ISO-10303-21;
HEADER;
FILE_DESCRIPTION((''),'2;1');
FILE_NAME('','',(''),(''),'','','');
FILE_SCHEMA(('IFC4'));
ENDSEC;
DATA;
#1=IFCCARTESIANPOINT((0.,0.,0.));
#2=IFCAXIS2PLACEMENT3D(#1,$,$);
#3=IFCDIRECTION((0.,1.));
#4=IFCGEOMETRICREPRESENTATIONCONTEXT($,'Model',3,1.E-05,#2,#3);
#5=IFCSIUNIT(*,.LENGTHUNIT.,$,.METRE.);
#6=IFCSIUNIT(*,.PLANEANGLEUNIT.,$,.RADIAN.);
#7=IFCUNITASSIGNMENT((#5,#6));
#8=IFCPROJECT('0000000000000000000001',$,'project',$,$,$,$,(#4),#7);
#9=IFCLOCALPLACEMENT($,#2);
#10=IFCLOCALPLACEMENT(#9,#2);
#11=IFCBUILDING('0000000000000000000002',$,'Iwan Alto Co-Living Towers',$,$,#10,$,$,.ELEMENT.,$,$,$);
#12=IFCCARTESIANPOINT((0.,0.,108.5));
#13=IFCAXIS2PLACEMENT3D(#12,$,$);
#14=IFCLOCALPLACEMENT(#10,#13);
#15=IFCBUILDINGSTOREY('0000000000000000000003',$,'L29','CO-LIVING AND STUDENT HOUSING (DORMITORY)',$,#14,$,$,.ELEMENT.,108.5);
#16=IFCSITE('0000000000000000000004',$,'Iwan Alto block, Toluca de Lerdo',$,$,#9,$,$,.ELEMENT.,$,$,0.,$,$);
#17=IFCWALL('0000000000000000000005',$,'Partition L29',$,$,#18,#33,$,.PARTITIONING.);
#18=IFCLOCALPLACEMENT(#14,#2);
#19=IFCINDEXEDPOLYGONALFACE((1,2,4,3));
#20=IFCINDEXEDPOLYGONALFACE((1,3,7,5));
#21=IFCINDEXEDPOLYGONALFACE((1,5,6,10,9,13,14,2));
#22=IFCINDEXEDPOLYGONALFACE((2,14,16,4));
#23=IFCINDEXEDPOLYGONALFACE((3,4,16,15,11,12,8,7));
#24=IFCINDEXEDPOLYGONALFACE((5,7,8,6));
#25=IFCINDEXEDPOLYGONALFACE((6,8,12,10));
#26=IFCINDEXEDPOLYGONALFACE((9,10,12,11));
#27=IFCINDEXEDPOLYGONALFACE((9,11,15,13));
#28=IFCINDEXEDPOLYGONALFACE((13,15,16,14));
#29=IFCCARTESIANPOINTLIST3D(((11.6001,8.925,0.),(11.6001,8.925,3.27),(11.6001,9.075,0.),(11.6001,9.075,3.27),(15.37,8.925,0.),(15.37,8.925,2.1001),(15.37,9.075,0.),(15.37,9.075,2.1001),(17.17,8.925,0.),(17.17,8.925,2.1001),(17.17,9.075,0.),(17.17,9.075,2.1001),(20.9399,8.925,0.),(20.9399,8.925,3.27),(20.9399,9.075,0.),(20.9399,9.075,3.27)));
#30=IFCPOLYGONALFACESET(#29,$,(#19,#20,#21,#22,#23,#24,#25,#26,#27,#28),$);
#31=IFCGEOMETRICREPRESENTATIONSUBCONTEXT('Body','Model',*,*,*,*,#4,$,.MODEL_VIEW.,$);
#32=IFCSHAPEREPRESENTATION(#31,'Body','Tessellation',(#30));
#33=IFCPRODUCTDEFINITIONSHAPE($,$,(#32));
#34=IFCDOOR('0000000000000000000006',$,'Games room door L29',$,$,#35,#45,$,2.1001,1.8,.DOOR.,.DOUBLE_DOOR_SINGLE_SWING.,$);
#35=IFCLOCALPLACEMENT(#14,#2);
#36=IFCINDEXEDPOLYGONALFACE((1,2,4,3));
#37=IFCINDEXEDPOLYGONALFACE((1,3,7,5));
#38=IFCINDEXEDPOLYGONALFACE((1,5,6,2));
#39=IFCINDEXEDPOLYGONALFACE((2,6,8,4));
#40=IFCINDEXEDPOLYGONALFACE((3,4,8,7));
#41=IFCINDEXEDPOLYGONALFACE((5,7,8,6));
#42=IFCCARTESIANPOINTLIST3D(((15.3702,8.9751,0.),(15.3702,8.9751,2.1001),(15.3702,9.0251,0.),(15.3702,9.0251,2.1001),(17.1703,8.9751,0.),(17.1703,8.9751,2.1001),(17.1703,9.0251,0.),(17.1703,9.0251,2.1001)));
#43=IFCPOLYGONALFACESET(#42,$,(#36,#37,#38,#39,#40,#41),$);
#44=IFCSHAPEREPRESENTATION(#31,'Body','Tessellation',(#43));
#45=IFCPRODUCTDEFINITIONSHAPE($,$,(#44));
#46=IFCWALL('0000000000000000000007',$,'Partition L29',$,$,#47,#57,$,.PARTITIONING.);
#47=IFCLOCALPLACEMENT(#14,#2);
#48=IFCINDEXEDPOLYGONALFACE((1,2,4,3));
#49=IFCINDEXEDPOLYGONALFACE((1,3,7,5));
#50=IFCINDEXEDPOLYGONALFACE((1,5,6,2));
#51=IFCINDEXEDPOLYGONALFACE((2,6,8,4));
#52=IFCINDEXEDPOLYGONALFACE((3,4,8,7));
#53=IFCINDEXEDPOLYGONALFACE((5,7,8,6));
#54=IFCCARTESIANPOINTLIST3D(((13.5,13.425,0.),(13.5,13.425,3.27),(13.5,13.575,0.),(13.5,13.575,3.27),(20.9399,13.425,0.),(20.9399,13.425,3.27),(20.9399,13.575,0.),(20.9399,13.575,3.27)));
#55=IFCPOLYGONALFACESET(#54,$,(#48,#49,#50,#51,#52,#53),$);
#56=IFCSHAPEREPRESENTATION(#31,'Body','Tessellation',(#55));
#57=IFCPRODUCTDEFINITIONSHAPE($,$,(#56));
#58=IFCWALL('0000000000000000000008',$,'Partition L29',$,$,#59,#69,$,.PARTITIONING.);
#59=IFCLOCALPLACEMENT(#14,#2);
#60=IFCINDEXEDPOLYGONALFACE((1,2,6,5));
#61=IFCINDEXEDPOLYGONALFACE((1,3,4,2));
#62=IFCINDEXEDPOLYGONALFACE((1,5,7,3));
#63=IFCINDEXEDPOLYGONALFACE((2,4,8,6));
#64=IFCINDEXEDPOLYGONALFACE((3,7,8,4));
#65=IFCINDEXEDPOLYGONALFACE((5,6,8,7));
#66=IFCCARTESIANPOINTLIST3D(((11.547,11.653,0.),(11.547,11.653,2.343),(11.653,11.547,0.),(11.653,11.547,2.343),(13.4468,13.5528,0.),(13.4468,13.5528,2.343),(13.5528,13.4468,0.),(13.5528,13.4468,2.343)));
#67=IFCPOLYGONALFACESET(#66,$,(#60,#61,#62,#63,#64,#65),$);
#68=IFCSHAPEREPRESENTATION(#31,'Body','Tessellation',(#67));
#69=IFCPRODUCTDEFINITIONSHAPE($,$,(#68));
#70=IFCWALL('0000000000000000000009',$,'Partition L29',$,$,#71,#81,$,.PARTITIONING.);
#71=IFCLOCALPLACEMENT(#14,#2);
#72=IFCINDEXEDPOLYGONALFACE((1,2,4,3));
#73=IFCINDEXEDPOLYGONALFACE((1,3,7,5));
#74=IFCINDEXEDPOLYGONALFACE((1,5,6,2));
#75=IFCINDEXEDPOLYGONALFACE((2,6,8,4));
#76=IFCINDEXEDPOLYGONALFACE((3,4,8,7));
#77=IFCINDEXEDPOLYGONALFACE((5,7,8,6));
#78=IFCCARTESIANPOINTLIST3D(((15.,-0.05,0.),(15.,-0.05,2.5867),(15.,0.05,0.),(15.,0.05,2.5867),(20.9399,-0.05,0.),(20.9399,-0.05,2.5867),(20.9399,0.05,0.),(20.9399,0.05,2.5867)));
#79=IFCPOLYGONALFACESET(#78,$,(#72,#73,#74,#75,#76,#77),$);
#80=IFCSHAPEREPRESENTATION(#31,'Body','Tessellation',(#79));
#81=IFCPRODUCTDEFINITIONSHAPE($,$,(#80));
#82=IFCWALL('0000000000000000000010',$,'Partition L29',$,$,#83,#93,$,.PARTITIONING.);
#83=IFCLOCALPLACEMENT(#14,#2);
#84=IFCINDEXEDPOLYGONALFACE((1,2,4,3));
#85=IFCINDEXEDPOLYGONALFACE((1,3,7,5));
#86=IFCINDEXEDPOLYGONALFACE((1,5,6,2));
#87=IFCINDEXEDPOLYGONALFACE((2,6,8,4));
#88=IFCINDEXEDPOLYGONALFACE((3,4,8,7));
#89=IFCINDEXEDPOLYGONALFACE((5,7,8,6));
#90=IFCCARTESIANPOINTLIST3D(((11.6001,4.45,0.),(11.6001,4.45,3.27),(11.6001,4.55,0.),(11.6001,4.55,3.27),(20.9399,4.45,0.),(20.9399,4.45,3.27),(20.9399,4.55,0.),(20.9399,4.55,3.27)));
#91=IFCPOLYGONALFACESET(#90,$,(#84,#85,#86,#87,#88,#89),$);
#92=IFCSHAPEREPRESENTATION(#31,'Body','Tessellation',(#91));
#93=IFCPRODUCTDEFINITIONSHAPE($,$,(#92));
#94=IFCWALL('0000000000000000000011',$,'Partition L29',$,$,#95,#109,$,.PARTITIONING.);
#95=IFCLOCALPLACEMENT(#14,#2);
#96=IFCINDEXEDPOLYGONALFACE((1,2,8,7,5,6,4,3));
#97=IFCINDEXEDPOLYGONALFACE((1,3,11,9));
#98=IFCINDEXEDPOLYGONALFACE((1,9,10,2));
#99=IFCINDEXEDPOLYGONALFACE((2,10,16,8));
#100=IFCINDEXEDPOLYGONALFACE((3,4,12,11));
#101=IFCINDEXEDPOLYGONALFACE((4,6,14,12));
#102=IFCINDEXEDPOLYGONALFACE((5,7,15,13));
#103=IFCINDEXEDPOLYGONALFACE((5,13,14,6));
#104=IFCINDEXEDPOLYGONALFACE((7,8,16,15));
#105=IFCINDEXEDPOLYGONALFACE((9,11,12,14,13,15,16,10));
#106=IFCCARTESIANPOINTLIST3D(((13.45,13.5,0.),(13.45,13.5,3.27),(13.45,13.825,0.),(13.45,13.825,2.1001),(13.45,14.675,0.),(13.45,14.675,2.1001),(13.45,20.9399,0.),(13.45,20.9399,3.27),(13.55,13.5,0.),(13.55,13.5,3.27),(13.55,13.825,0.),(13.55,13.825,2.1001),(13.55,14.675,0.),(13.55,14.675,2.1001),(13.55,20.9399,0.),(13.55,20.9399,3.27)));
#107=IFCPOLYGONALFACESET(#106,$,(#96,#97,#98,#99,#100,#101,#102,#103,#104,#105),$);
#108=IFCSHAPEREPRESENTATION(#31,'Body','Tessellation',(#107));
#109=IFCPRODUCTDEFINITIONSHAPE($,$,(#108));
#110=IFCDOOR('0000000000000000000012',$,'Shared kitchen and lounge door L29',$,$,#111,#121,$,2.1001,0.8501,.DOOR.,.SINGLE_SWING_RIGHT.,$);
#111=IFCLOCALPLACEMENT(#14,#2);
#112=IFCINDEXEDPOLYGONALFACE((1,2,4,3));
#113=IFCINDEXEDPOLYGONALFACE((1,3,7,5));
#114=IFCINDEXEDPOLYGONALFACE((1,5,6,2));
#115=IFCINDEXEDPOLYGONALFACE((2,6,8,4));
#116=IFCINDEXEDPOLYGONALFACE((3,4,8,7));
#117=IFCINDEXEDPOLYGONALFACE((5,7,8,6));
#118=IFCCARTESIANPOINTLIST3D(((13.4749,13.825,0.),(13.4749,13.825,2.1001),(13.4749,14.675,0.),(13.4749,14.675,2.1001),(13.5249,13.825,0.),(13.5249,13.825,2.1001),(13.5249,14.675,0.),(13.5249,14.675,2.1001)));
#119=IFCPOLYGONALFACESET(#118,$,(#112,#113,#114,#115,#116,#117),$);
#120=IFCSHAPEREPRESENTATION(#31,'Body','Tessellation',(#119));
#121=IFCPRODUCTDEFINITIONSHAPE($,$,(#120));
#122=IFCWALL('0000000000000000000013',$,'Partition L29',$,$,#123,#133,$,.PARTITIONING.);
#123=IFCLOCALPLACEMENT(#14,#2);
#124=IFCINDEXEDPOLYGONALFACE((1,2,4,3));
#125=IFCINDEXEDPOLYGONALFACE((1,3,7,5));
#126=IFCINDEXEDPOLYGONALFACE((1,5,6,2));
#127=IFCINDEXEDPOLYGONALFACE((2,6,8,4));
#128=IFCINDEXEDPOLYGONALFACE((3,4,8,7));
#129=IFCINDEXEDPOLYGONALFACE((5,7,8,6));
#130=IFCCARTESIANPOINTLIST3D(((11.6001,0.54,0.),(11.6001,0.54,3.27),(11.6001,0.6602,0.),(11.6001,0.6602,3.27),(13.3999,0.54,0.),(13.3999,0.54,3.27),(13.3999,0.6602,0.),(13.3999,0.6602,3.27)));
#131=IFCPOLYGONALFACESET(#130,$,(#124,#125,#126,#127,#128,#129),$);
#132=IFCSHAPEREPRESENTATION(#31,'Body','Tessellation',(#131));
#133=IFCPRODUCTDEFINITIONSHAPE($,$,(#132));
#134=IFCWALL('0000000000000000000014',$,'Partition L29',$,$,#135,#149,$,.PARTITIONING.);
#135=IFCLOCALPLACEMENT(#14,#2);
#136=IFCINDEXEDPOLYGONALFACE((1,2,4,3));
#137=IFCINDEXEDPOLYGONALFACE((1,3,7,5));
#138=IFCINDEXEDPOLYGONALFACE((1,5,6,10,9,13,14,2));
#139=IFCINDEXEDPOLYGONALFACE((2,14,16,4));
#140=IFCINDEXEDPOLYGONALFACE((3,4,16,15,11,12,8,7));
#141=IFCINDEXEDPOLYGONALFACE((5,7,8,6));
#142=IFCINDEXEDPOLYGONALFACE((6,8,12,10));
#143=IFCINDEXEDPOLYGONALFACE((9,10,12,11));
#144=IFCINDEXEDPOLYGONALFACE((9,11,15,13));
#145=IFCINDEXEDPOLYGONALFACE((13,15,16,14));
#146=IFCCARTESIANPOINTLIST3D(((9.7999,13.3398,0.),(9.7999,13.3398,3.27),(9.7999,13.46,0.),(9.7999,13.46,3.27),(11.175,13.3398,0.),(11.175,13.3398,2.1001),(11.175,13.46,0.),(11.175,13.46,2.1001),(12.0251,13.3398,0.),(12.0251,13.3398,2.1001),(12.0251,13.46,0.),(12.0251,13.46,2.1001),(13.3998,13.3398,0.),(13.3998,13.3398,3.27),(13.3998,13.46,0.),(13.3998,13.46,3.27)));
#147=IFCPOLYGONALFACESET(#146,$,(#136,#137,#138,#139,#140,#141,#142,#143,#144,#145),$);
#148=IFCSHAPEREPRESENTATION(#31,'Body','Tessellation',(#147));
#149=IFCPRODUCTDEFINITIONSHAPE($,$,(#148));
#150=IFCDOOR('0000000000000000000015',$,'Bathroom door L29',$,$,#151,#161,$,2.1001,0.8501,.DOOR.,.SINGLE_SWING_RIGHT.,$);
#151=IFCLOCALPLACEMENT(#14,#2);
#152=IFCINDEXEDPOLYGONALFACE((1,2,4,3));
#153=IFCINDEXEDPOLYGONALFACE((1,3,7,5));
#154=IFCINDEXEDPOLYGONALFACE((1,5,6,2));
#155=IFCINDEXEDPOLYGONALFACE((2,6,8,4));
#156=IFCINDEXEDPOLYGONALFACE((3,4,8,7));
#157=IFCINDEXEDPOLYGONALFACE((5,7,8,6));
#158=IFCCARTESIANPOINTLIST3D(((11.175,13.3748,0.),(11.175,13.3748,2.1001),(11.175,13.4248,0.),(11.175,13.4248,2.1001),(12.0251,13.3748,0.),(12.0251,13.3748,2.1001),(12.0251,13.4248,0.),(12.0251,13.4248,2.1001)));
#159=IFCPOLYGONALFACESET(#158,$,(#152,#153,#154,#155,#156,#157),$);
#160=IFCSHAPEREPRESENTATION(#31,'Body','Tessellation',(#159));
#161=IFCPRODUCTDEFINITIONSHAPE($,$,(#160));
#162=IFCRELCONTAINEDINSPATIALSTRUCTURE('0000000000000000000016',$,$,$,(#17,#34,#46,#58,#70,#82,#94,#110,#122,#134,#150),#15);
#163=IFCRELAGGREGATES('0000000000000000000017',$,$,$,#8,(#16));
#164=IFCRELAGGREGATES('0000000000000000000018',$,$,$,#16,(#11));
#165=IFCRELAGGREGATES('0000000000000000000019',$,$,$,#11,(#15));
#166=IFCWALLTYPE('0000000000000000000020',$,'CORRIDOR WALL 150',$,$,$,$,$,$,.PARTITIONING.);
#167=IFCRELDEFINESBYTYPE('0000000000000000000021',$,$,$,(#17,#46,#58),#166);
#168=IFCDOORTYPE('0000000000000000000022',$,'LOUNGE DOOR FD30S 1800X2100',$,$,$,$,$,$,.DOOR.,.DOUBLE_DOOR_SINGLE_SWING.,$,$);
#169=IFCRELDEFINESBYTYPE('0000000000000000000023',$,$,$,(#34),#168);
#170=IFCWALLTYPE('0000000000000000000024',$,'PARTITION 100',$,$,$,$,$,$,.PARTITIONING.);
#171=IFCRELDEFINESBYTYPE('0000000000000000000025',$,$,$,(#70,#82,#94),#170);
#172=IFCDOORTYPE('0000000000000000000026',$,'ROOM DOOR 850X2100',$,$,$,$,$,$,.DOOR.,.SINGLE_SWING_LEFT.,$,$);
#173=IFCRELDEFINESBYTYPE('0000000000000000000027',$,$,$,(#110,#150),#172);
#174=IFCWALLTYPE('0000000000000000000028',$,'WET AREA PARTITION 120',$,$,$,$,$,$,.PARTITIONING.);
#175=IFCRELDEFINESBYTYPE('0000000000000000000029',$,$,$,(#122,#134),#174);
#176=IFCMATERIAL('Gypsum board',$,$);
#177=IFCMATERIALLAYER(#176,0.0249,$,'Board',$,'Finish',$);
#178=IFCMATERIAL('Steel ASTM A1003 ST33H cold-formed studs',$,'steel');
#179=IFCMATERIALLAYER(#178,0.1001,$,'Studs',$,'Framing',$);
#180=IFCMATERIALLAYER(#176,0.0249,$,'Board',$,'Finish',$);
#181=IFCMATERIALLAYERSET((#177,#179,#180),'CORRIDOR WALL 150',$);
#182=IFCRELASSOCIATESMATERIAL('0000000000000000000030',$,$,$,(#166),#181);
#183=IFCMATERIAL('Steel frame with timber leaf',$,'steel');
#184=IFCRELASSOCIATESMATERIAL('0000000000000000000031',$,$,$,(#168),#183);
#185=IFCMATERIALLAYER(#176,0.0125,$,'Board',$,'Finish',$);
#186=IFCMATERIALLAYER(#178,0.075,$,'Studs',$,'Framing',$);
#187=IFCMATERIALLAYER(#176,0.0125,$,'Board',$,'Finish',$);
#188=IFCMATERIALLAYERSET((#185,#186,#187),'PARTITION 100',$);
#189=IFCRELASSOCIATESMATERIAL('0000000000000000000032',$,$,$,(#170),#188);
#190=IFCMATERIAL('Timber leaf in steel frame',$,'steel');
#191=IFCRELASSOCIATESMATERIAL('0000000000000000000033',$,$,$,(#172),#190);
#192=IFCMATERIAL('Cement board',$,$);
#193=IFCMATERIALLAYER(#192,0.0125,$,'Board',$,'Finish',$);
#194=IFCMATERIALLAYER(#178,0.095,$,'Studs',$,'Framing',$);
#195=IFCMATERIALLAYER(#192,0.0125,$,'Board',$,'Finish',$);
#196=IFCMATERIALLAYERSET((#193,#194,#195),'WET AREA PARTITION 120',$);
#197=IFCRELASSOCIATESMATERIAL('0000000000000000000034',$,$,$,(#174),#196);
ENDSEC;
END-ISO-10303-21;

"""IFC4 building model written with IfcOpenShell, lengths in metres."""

from ifc_helpers import new_model, si_unit, direction, frame, frame_2d, origin, place, context, subcontext, project, spatial, rectangle, extrude, material, layer, layer_set, type_object, element, fill, save


model = new_model("IFC4")

# Units and contexts
model_context = context("Model", 3, precision=1e-05, world=origin(), true_north=direction((0.0, 1.0)))
body_context = subcontext(model_context, "Body", "Model", "MODEL_VIEW")
ifc_project = project(units=[si_unit("LENGTHUNIT", "METRE"), si_unit("PLANEANGLEUNIT", "RADIAN")], contexts=[model_context])

# Site, building, storey
site_placement = place(None, origin())
site = spatial("IfcSite", under=ifc_project, at=site_placement, Name="Iwan Alto block, Toluca de Lerdo", CompositionType="ELEMENT", RefElevation=0.0)
building_placement = place(site_placement, origin())
building = spatial("IfcBuilding", under=site, at=building_placement, Name="Iwan Alto Co-Living Towers", CompositionType="ELEMENT")
storey_placement = place(building_placement, frame((0.0, 0.0, 108.5)))
storey = spatial("IfcBuildingStorey", under=building, at=storey_placement, Name="L29", Description="CO-LIVING AND STUDENT HOUSING (DORMITORY)", CompositionType="ELEMENT", Elevation=108.5)

# Wall, opening, door
ifc_material_1 = material(Name="Gypsum board")
ifc_layer_1 = layer(ifc_material_1, 0.0249, Name="Board", Category="Finish")
ifc_material_2 = material(Name="Steel ASTM A1003 ST33H cold-formed studs", Category="steel")
ifc_layer_2 = layer(ifc_material_2, 0.1001, Name="Studs", Category="Framing")
ifc_layer_3 = layer(ifc_material_1, 0.0249, Name="Board", Category="Finish")
ifc_layer_set_1 = layer_set([ifc_layer_1, ifc_layer_2, ifc_layer_3], Name="CORRIDOR WALL 150")
wall_type_1 = type_object("IfcWallType", Name="CORRIDOR WALL 150", PredefinedType="PARTITIONING", material=ifc_layer_set_1)
wall_1_placement = place(storey_placement, frame((11.6001, 9.0, 0.0), z_axis=(0.0, 0.0, 1.0), x_axis=(1.0, 0.0, 0.0)))
wall_1 = element("IfcWall", 1, at=wall_1_placement, inside=storey, type_object=wall_type_1, Name="Partition L29", PredefinedType="PARTITIONING", context=body_context, shape_type="SweptSolid", body=[
    extrude(rectangle(XDim=9.3398, YDim=0.1499, at=frame_2d((4.6699, 0.0))), origin(), (0.0, 0.0, 1.0), 3.27),
])
opening_1_placement = place(wall_1_placement, frame((3.77, 0.0, 0.0)))
opening_1 = element("IfcOpeningElement", 2, at=opening_1_placement, cuts=wall_1, PredefinedType="OPENING", context=body_context, shape_type="SweptSolid", body=[
    extrude(rectangle(XDim=1.8, YDim=2.1001, at=frame_2d((0.8999, 1.05))), frame((0.0, 0.085, 0.0), z_axis=(0.0, -1.0, 0.0), x_axis=(1.0, 0.0, 0.0)), (0.0, 0.0, 1.0), 0.1699),
])
ifc_material_3 = material(Name="Steel frame with timber leaf", Category="steel")
door_type_1 = type_object("IfcDoorType", Name="LOUNGE DOOR FD30S 1800X2100", OperationType="DOUBLE_DOOR_SINGLE_SWING", PredefinedType="DOOR", material=ifc_material_3)
door_1_placement = place(opening_1_placement, frame((1.8, 0.0, 0.0), z_axis=(0.0, 0.0, 1.0), x_axis=(-1.0, 0.0, 0.0)))
door_1 = element("IfcDoor", 3, at=door_1_placement, inside=storey, type_object=door_type_1, Name="Games room door L29", OperationType="DOUBLE_DOOR_SINGLE_SWING", OverallHeight=2.1001, OverallWidth=1.8, PredefinedType="DOOR", context=body_context, shape_type="SweptSolid", body=[
    extrude(rectangle(XDim=1.8, YDim=2.1001, at=frame_2d((0.8999, 1.05))), frame((0.0, 0.0249, 0.0), z_axis=(0.0, -1.0, 0.0), x_axis=(1.0, 0.0, 0.0)), (0.0, 0.0, 1.0), 0.05),
])
fill(opening_1, door_1)

# Walls
wall_2_placement = place(storey_placement, frame((13.5, 13.5, 0.0), z_axis=(0.0, 0.0, 1.0), x_axis=(1.0, 0.0, 0.0)))
element("IfcWall", 4, at=wall_2_placement, inside=storey, type_object=wall_type_1, Name="Partition L29", PredefinedType="PARTITIONING", context=body_context, shape_type="SweptSolid", body=[
    extrude(rectangle(XDim=7.4399, YDim=0.1499, at=frame_2d((3.72, 0.0))), origin(), (0.0, 0.0, 1.0), 3.27),
])
wall_3_placement = place(storey_placement, frame((11.6001, 11.6001, 0.0), z_axis=(0.0, 0.0, 1.0), x_axis=(0.707107, 0.707107, 0.0)))
element("IfcWall", 5, at=wall_3_placement, inside=storey, type_object=wall_type_1, Name="Partition L29", PredefinedType="PARTITIONING", context=body_context, shape_type="SweptSolid", body=[
    extrude(rectangle(XDim=2.6868, YDim=0.1499, at=frame_2d((1.3433, 0.0))), origin(), (0.0, 0.0, 1.0), 2.343),
])
ifc_layer_4 = layer(ifc_material_1, 0.0125, Name="Board", Category="Finish")
ifc_layer_5 = layer(ifc_material_2, 0.075, Name="Studs", Category="Framing")
ifc_layer_6 = layer(ifc_material_1, 0.0125, Name="Board", Category="Finish")
ifc_layer_set_2 = layer_set([ifc_layer_4, ifc_layer_5, ifc_layer_6], Name="PARTITION 100")
wall_type_2 = type_object("IfcWallType", Name="PARTITION 100", PredefinedType="PARTITIONING", material=ifc_layer_set_2)
wall_4_placement = place(storey_placement, frame((15.0, 0.0, 0.0), z_axis=(0.0, 0.0, 1.0), x_axis=(1.0, 0.0, 0.0)))
element("IfcWall", 6, at=wall_4_placement, inside=storey, type_object=wall_type_2, Name="Partition L29", PredefinedType="PARTITIONING", context=body_context, shape_type="SweptSolid", body=[
    extrude(rectangle(XDim=5.9399, YDim=0.1001, at=frame_2d((2.97, 0.0))), origin(), (0.0, 0.0, 1.0), 2.5867),
])
wall_5_placement = place(storey_placement, frame((11.6001, 4.5, 0.0), z_axis=(0.0, 0.0, 1.0), x_axis=(1.0, 0.0, 0.0)))
element("IfcWall", 7, at=wall_5_placement, inside=storey, type_object=wall_type_2, Name="Partition L29", PredefinedType="PARTITIONING", context=body_context, shape_type="SweptSolid", body=[
    extrude(rectangle(XDim=9.3398, YDim=0.1001, at=frame_2d((4.6699, 0.0))), origin(), (0.0, 0.0, 1.0), 3.27),
])

# Wall, opening, door
wall_6_placement = place(storey_placement, frame((13.5, 13.5, 0.0), z_axis=(0.0, 0.0, 1.0), x_axis=(0.0, 1.0, 0.0)))
wall_6 = element("IfcWall", 8, at=wall_6_placement, inside=storey, type_object=wall_type_2, Name="Partition L29", PredefinedType="PARTITIONING", context=body_context, shape_type="SweptSolid", body=[
    extrude(rectangle(XDim=7.4399, YDim=0.1001, at=frame_2d((3.72, 0.0))), origin(), (0.0, 0.0, 1.0), 3.27),
])
opening_2_placement = place(wall_6_placement, frame((0.325, 0.0, 0.0)))
opening_2 = element("IfcOpeningElement", 9, at=opening_2_placement, cuts=wall_6, PredefinedType="OPENING", context=body_context, shape_type="SweptSolid", body=[
    extrude(rectangle(XDim=0.8501, YDim=2.1001, at=frame_2d((0.425, 1.05))), frame((0.0, 0.0601, 0.0), z_axis=(0.0, -1.0, 0.0), x_axis=(1.0, 0.0, 0.0)), (0.0, 0.0, 1.0), 0.1201),
])
ifc_material_4 = material(Name="Timber leaf in steel frame", Category="steel")
door_type_2 = type_object("IfcDoorType", Name="ROOM DOOR 850X2100", OperationType="SINGLE_SWING_LEFT", PredefinedType="DOOR", material=ifc_material_4)
door_2_placement = place(opening_2_placement, frame((0.8501, 0.0, 0.0), z_axis=(0.0, 0.0, 1.0), x_axis=(-1.0, 0.0, 0.0)))
door_2 = element("IfcDoor", 10, at=door_2_placement, inside=storey, type_object=door_type_2, Name="Shared kitchen and lounge door L29", OperationType="SINGLE_SWING_RIGHT", OverallHeight=2.1001, OverallWidth=0.8501, PredefinedType="DOOR", context=body_context, shape_type="SweptSolid", body=[
    extrude(rectangle(XDim=0.8501, YDim=2.1001, at=frame_2d((0.425, 1.05))), frame((0.0, 0.0249, 0.0), z_axis=(0.0, -1.0, 0.0), x_axis=(1.0, 0.0, 0.0)), (0.0, 0.0, 1.0), 0.05),
])
fill(opening_2, door_2)

# Wall
ifc_material_5 = material(Name="Cement board")
ifc_layer_7 = layer(ifc_material_5, 0.0125, Name="Board", Category="Finish")
ifc_layer_8 = layer(ifc_material_2, 0.095, Name="Studs", Category="Framing")
ifc_layer_9 = layer(ifc_material_5, 0.0125, Name="Board", Category="Finish")
ifc_layer_set_3 = layer_set([ifc_layer_7, ifc_layer_8, ifc_layer_9], Name="WET AREA PARTITION 120")
wall_type_3 = type_object("IfcWallType", Name="WET AREA PARTITION 120", PredefinedType="PARTITIONING", material=ifc_layer_set_3)
wall_7_placement = place(storey_placement, frame((11.6001, 0.6001, 0.0), z_axis=(0.0, 0.0, 1.0), x_axis=(1.0, 0.0, 0.0)))
element("IfcWall", 11, at=wall_7_placement, inside=storey, type_object=wall_type_3, Name="Partition L29", PredefinedType="PARTITIONING", context=body_context, shape_type="SweptSolid", body=[
    extrude(rectangle(XDim=1.7998, YDim=0.1201, at=frame_2d((0.8999, 0.0))), origin(), (0.0, 0.0, 1.0), 3.27),
])

# Wall, opening, door
wall_8_placement = place(storey_placement, frame((9.8, 13.3999, 0.0), z_axis=(0.0, 0.0, 1.0), x_axis=(1.0, 0.0, 0.0)))
wall_8 = element("IfcWall", 12, at=wall_8_placement, inside=storey, type_object=wall_type_3, Name="Partition L29", PredefinedType="PARTITIONING", context=body_context, shape_type="SweptSolid", body=[
    extrude(rectangle(XDim=3.5999, YDim=0.1201, at=frame_2d((1.7998, 0.0))), origin(), (0.0, 0.0, 1.0), 3.27),
])
opening_3_placement = place(wall_8_placement, frame((1.375, 0.0, 0.0)))
opening_3 = element("IfcOpeningElement", 13, at=opening_3_placement, cuts=wall_8, PredefinedType="OPENING", context=body_context, shape_type="SweptSolid", body=[
    extrude(rectangle(XDim=0.8501, YDim=2.1001, at=frame_2d((0.425, 1.05))), frame((0.0, 0.0701, 0.0), z_axis=(0.0, -1.0, 0.0), x_axis=(1.0, 0.0, 0.0)), (0.0, 0.0, 1.0), 0.1401),
])
door_3_placement = place(opening_3_placement, origin())
door_3 = element("IfcDoor", 14, at=door_3_placement, inside=storey, type_object=door_type_2, Name="Bathroom door L29", OperationType="SINGLE_SWING_RIGHT", OverallHeight=2.1001, OverallWidth=0.8501, PredefinedType="DOOR", context=body_context, shape_type="SweptSolid", body=[
    extrude(rectangle(XDim=0.8501, YDim=2.1001, at=frame_2d((0.425, 1.05))), frame((0.0, 0.0249, 0.0), z_axis=(0.0, -1.0, 0.0), x_axis=(1.0, 0.0, 0.0)), (0.0, 0.0, 1.0), 0.05),
])
fill(opening_3, door_3)

save(model, "model.ifc")
